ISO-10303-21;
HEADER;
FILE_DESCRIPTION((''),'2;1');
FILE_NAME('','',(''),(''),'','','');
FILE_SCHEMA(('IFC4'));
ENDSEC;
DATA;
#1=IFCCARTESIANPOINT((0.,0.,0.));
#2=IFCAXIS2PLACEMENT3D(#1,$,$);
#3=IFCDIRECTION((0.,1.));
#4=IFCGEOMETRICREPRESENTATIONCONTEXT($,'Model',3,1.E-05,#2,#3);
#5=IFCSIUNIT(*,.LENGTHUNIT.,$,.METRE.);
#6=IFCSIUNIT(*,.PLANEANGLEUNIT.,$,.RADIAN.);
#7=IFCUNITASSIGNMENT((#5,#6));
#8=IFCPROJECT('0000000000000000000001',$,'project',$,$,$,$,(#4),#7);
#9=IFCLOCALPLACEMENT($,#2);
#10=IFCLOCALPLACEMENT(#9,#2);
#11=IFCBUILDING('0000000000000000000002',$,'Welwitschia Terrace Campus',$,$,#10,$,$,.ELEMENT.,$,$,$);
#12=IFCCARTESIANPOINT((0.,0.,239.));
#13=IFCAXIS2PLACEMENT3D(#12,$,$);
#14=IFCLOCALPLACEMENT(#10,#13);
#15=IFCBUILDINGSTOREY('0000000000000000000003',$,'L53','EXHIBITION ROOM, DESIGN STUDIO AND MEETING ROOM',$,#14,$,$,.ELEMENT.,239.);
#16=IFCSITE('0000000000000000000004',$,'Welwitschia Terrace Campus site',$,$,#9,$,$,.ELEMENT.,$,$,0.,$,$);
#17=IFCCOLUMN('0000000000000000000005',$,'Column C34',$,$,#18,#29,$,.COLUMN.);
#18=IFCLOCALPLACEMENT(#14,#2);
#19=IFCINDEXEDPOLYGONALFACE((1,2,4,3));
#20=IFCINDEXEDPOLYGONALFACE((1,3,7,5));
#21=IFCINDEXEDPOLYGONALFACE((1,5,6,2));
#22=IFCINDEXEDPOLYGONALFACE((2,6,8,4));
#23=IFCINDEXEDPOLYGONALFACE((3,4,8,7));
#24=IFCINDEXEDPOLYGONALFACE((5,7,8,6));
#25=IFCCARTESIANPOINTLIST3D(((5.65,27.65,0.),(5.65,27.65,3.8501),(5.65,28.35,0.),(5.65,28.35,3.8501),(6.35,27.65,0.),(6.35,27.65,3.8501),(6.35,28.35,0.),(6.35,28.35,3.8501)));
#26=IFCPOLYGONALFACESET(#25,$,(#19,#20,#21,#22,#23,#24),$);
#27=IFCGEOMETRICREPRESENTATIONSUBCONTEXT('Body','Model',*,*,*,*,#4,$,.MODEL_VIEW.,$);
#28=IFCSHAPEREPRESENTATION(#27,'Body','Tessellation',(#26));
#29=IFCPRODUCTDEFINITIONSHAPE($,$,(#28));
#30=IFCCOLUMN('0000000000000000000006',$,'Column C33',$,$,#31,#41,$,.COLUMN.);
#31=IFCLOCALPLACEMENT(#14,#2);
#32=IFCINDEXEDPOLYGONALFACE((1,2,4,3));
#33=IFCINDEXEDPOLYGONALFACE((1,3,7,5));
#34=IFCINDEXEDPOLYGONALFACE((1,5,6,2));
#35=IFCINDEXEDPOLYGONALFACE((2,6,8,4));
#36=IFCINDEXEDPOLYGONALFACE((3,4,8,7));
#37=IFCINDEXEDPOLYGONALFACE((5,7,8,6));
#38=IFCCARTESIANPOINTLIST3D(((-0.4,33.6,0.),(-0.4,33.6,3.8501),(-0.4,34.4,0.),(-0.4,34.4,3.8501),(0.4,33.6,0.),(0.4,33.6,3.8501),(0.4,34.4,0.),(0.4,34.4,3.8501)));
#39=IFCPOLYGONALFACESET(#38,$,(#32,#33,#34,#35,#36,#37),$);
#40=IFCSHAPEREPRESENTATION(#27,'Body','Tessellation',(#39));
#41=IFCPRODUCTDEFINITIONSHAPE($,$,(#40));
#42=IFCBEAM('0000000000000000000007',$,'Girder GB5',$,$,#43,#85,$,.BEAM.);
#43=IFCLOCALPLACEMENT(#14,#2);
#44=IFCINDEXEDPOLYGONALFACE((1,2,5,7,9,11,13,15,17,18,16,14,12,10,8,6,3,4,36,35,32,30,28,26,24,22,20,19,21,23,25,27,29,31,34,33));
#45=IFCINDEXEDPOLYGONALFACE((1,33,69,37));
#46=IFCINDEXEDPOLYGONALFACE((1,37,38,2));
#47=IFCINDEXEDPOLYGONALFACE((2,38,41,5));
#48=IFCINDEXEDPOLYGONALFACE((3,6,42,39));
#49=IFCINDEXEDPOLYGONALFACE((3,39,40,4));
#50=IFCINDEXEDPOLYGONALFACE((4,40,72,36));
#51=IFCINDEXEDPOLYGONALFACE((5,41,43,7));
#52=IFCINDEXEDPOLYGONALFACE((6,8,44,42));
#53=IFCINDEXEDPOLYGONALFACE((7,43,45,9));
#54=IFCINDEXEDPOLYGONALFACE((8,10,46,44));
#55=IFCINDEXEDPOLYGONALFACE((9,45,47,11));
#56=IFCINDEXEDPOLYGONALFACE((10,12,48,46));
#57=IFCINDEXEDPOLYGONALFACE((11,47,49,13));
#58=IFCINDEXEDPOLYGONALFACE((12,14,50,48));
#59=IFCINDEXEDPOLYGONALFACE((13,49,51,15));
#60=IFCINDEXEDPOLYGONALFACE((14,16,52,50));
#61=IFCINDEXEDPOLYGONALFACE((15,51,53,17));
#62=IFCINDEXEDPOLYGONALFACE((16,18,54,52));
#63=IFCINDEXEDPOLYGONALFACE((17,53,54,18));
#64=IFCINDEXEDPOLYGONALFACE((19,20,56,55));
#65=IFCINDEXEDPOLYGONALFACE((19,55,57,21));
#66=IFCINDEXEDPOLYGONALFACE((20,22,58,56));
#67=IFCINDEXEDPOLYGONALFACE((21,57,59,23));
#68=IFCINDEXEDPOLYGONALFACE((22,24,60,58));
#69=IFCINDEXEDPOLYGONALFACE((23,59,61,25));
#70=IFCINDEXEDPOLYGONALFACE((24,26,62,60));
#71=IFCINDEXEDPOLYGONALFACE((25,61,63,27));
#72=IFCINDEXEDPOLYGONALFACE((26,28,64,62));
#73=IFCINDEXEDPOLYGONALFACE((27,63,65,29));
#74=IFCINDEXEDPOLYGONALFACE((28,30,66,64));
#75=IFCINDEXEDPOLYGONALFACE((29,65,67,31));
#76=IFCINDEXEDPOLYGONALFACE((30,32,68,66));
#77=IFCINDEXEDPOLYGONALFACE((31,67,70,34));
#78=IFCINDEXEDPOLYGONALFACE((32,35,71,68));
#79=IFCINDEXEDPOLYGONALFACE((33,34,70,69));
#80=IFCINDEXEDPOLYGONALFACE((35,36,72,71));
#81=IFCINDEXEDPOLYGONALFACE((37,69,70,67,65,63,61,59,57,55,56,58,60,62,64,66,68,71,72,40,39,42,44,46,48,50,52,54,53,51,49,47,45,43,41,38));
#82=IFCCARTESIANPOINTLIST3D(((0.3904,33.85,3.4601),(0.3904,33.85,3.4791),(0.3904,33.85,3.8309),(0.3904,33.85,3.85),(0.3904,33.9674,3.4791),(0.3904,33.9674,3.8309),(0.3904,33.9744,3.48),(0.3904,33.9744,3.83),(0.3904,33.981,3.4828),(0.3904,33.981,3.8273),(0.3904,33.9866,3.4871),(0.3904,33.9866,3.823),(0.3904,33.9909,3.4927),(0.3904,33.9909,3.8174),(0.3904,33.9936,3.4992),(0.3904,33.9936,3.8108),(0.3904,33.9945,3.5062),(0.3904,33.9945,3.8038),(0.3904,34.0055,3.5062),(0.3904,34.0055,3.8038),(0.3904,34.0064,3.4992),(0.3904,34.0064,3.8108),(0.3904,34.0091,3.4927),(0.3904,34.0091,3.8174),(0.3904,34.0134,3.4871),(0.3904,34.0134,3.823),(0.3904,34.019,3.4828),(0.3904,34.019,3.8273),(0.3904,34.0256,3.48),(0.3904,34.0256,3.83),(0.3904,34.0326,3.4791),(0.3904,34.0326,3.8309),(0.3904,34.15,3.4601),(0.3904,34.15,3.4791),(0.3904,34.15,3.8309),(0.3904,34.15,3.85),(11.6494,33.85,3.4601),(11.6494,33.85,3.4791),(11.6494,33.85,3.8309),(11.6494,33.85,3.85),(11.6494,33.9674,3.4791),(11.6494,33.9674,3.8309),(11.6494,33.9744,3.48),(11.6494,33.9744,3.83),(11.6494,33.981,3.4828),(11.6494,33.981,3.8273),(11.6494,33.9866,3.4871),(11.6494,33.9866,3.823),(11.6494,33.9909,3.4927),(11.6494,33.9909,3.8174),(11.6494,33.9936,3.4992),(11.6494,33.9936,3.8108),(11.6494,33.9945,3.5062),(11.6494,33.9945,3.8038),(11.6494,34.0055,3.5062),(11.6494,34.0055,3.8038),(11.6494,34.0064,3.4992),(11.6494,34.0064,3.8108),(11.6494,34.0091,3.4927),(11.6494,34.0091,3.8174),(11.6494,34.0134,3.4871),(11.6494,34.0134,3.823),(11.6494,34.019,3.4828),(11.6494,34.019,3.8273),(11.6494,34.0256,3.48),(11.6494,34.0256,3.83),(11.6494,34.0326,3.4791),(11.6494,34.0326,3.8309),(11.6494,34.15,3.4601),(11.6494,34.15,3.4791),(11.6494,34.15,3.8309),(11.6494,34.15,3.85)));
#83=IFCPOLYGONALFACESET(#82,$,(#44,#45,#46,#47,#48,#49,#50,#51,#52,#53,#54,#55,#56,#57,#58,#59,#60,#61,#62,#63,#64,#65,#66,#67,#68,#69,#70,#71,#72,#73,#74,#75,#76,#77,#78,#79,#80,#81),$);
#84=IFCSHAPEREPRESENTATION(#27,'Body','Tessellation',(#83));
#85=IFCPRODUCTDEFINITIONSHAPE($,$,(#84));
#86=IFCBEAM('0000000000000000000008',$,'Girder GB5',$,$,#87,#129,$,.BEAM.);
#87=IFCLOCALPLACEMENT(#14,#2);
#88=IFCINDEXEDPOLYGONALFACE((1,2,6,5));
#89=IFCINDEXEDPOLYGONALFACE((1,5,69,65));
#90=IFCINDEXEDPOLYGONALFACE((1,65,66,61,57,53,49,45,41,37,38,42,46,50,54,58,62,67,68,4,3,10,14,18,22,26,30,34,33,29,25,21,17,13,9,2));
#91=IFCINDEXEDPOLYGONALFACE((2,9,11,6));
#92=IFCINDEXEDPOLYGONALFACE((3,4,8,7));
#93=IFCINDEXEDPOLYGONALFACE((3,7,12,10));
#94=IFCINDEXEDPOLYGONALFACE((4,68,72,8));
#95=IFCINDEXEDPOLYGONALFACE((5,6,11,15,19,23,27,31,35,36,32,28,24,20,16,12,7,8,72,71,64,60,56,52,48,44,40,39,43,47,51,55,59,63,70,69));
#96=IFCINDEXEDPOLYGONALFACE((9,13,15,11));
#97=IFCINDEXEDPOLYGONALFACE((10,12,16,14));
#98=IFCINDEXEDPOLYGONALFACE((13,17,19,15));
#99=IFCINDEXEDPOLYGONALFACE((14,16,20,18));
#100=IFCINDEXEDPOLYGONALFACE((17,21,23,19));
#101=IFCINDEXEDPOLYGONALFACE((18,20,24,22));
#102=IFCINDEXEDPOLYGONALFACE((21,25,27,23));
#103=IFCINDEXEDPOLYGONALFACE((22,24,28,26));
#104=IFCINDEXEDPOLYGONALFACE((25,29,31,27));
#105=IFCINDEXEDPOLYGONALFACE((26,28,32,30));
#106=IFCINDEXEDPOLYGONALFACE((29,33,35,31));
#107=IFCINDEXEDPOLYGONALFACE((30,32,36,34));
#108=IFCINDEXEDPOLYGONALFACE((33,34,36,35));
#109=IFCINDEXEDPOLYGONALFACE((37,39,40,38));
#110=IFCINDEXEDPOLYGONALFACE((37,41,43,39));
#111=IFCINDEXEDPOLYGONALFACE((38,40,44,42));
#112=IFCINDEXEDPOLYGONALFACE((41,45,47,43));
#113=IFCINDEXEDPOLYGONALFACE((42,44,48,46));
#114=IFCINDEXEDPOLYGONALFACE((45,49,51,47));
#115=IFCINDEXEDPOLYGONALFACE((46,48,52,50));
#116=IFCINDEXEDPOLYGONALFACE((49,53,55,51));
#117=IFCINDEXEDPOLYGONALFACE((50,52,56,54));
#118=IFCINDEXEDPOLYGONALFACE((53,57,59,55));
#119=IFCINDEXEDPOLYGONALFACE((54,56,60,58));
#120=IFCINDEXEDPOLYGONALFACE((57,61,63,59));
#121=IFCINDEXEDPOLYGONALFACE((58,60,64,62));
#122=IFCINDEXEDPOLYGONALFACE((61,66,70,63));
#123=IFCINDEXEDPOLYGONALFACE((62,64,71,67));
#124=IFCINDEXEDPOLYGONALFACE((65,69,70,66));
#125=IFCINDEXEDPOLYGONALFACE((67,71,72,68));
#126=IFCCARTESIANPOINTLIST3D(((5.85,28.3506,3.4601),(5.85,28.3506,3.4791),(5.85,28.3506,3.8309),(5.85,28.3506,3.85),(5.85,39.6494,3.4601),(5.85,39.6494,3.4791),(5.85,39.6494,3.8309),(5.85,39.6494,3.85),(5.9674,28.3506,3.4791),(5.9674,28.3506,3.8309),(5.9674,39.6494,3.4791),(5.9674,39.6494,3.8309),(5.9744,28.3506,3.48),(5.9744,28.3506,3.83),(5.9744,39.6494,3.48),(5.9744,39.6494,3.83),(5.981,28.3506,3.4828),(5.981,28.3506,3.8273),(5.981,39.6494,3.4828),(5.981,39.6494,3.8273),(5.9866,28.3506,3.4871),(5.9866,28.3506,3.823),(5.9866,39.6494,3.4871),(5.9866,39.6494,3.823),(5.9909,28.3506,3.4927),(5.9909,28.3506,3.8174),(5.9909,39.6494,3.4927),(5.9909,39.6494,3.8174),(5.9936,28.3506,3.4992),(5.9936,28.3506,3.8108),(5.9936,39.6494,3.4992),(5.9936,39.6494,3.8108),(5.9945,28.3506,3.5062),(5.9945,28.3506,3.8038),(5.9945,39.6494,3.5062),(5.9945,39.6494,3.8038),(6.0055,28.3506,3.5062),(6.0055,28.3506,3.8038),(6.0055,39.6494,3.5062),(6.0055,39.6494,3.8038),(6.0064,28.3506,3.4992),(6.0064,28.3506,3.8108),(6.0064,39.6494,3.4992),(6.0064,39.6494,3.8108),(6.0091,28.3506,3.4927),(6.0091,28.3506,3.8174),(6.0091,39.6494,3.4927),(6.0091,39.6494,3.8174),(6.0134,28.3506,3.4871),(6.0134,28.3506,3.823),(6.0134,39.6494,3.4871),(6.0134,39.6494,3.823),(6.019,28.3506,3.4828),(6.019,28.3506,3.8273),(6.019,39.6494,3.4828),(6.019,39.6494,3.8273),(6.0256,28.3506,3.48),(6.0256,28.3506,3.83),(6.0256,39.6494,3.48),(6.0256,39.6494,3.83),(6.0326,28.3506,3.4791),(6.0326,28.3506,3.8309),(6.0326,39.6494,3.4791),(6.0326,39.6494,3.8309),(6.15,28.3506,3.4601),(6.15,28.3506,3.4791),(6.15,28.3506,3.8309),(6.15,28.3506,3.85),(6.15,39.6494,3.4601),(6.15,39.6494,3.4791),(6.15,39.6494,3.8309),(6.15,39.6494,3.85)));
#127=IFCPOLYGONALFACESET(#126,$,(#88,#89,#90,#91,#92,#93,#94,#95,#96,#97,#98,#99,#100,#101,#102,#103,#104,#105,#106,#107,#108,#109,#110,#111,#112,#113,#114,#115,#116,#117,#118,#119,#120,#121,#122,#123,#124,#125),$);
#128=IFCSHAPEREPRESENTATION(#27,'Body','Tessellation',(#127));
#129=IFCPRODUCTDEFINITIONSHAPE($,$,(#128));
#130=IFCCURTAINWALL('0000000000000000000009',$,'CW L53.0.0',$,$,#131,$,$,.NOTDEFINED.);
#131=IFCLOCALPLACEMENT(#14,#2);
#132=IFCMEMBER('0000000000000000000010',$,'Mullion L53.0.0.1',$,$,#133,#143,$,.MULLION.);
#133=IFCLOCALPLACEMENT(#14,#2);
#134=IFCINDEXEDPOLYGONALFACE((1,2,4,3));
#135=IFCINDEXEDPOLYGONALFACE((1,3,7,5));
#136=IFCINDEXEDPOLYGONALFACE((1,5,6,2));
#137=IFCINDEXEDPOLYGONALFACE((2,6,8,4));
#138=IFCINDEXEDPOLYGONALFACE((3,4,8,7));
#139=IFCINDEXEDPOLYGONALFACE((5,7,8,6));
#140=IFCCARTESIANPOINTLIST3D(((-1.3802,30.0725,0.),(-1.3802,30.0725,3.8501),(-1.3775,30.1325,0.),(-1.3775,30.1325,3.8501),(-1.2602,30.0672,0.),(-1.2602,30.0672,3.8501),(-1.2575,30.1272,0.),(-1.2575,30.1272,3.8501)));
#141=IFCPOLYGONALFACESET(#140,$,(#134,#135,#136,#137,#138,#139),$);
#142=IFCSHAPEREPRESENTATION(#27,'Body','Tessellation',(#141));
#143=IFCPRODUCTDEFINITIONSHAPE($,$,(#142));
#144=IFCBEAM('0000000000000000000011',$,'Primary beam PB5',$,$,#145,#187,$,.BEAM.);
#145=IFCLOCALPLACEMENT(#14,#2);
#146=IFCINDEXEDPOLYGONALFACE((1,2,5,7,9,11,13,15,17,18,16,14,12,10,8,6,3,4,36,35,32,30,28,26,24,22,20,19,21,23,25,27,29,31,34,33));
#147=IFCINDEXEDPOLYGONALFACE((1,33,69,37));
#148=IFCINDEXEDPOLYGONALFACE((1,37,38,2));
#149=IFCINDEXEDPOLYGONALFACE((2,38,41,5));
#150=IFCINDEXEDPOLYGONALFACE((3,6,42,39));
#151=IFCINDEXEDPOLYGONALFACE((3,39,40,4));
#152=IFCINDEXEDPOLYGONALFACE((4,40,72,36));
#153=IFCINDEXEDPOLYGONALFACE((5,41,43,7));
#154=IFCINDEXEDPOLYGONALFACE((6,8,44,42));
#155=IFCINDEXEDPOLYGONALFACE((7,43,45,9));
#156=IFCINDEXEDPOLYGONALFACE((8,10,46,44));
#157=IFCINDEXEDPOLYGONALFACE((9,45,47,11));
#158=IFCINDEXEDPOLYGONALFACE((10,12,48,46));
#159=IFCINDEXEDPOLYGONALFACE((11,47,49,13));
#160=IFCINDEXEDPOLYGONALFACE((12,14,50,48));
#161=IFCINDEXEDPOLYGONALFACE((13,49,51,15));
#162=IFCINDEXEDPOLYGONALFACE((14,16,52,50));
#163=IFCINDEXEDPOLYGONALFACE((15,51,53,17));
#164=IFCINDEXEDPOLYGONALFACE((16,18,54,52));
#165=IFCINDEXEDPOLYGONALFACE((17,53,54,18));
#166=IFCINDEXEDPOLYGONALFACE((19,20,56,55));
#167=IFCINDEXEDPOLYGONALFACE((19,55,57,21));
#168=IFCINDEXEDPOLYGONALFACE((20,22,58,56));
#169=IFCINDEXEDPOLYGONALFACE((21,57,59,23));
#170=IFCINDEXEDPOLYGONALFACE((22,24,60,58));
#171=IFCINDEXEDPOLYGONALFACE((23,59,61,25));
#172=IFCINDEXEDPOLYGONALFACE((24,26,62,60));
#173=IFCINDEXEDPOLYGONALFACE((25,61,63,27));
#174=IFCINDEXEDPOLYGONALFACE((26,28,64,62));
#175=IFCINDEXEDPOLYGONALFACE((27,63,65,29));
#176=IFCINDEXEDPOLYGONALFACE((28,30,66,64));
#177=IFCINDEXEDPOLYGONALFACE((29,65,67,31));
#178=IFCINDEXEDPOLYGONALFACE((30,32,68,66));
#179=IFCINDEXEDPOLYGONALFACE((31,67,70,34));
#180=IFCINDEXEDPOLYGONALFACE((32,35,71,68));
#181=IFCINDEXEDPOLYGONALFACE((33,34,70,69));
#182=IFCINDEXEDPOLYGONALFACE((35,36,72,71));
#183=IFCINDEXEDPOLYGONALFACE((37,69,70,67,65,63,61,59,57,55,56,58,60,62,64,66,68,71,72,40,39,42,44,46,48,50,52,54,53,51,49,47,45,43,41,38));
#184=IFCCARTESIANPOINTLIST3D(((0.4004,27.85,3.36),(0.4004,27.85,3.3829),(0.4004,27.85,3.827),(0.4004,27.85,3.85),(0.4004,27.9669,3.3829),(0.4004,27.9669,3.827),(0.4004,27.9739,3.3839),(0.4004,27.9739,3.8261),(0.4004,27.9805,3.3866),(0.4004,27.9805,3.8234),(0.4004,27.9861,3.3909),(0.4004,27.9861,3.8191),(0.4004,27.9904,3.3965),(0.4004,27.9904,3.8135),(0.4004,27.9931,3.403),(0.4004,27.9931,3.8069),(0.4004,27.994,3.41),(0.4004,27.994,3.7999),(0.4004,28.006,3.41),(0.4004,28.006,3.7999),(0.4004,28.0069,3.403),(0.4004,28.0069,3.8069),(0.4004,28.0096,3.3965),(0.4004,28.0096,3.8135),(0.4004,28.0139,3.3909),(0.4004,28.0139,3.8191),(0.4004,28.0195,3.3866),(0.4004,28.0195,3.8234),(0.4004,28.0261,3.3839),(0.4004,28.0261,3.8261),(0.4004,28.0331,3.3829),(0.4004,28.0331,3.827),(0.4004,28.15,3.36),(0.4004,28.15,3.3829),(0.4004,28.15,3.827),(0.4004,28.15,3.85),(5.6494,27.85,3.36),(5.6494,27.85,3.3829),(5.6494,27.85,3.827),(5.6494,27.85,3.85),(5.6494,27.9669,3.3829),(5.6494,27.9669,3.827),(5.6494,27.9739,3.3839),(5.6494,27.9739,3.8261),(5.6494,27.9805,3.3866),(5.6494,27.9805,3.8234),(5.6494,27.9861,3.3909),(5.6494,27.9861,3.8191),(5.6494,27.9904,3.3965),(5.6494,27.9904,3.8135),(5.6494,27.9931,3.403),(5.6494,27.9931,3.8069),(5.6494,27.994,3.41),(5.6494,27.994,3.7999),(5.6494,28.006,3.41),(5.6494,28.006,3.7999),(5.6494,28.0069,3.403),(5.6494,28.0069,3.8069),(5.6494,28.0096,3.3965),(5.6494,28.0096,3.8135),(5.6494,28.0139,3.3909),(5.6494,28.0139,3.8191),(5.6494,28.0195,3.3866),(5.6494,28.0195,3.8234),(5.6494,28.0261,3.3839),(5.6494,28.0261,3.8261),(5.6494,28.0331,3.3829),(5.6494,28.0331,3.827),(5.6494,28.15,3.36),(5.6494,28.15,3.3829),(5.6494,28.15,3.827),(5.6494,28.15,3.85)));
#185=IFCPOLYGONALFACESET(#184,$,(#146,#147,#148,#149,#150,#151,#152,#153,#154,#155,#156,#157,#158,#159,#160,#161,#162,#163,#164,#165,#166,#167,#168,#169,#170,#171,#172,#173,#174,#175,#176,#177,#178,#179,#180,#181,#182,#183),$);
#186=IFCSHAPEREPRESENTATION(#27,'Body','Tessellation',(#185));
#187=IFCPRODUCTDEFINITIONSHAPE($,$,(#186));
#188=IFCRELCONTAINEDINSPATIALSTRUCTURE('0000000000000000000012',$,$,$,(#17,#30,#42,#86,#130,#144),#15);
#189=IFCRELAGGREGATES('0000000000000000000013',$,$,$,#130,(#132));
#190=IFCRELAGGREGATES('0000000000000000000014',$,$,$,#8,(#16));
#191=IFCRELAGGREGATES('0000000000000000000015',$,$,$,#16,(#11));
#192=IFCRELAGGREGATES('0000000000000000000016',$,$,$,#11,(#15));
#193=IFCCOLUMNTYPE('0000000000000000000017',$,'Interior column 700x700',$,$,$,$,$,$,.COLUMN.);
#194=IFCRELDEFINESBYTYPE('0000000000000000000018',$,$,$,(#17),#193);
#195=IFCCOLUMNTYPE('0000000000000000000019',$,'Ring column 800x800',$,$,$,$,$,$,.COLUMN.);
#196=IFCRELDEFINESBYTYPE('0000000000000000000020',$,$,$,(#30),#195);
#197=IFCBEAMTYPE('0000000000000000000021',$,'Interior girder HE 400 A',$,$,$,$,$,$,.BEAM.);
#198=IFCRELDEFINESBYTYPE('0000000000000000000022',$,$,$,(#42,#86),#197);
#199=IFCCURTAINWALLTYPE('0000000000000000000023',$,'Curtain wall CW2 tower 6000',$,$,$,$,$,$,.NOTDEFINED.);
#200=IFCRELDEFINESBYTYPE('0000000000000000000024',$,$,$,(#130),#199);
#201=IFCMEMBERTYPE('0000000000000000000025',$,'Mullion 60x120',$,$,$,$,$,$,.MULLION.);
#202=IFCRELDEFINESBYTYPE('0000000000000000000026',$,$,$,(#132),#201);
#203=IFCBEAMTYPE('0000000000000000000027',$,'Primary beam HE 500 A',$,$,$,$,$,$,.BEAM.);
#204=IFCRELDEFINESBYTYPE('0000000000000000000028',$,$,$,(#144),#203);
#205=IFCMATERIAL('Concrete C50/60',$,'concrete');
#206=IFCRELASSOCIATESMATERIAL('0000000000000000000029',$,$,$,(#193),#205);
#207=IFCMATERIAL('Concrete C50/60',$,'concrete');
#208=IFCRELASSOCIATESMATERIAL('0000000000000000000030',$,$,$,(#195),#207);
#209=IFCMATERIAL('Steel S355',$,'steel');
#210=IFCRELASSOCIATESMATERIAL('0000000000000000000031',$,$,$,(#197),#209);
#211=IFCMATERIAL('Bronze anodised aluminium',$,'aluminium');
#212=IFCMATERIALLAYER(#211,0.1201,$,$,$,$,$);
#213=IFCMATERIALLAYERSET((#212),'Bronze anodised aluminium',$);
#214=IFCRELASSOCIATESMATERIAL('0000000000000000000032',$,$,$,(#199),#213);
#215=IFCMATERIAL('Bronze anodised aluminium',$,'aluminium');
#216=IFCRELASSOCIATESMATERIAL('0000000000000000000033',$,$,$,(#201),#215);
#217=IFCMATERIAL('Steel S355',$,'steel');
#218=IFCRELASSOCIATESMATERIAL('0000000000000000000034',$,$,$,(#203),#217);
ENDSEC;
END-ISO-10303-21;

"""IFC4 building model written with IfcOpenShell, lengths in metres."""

from ifc_helpers import new_model, si_unit, direction, frame, origin, origin_2d, place, context, subcontext, project, spatial, rectangle, i_section, extrude, material, layer, layer_set, material_profile, profile_set, type_object, element, aggregate, save


model = new_model("IFC4")

# Units and contexts
model_context = context("Model", 3, precision=1e-05, world=origin(), true_north=direction((0.0, 1.0)))
body_context = subcontext(model_context, "Body", "Model", "MODEL_VIEW")
ifc_project = project(units=[si_unit("LENGTHUNIT", "METRE"), si_unit("PLANEANGLEUNIT", "RADIAN")], contexts=[model_context])

# Site, building, storey
site_placement = place(None, origin())
site = spatial("IfcSite", under=ifc_project, at=site_placement, Name="Welwitschia Terrace Campus site", CompositionType="ELEMENT", RefElevation=0.0)
building_placement = place(site_placement, origin())
building = spatial("IfcBuilding", under=site, at=building_placement, Name="Welwitschia Terrace Campus", CompositionType="ELEMENT")
storey_placement = place(building_placement, frame((0.0, 0.0, 239.0)))
storey = spatial("IfcBuildingStorey", under=building, at=storey_placement, Name="L53", Description="EXHIBITION ROOM, DESIGN STUDIO AND MEETING ROOM", CompositionType="ELEMENT", Elevation=239.0)

# Columns
ifc_material_1 = material(Name="Concrete C50/60", Category="concrete")
ifc_material_profile_1 = material_profile(ifc_material_1, rectangle(XDim=0.7, YDim=0.7, at=origin_2d()))
ifc_profile_set_1 = profile_set([ifc_material_profile_1], Name="Concrete C50/60")
column_type_1 = type_object("IfcColumnType", Name="Interior column 700x700", PredefinedType="COLUMN", material=ifc_profile_set_1)
column_1_placement = place(storey_placement, frame((6.0, 28.0, 0.0), z_axis=(0.0, 0.0, 1.0), x_axis=(1.0, 0.0, 0.0)))
element("IfcColumn", 1, at=column_1_placement, inside=storey, type_object=column_type_1, Name="Column C34", PredefinedType="COLUMN", context=body_context, shape_type="SweptSolid", body=[
    extrude(rectangle(XDim=0.7, YDim=0.7, at=origin_2d()), origin(), (0.0, 0.0, 1.0), 3.8501),
])
ifc_material_2 = material(Name="Concrete C50/60", Category="concrete")
ifc_material_profile_2 = material_profile(ifc_material_2, rectangle(XDim=0.8, YDim=0.8, at=origin_2d()))
ifc_profile_set_2 = profile_set([ifc_material_profile_2], Name="Concrete C50/60")
column_type_2 = type_object("IfcColumnType", Name="Ring column 800x800", PredefinedType="COLUMN", material=ifc_profile_set_2)
column_2_placement = place(storey_placement, frame((0.0, 34.0, 0.0), z_axis=(0.0, 0.0, 1.0), x_axis=(1.0, 0.0, 0.0)))
element("IfcColumn", 2, at=column_2_placement, inside=storey, type_object=column_type_2, Name="Column C33", PredefinedType="COLUMN", context=body_context, shape_type="SweptSolid", body=[
    extrude(rectangle(XDim=0.8, YDim=0.8, at=origin_2d()), origin(), (0.0, 0.0, 1.0), 3.8501),
])

# Beams
ifc_material_3 = material(Name="Steel S355", Category="steel")
ifc_material_profile_3 = material_profile(ifc_material_3, i_section(OverallWidth=0.3, OverallDepth=0.3899, WebThickness=0.011, FlangeThickness=0.019, FilletRadius=0.0271, at=origin_2d()))
ifc_profile_set_3 = profile_set([ifc_material_profile_3], Name="Steel S355")
beam_type_1 = type_object("IfcBeamType", Name="Interior girder HE 400 A", PredefinedType="BEAM", material=ifc_profile_set_3)
beam_1_placement = place(storey_placement, frame((0.3904, 34.0, 3.655), z_axis=(1.0, 0.0, 0.0), x_axis=(0.0, 1.0, 0.0)))
element("IfcBeam", 3, at=beam_1_placement, inside=storey, type_object=beam_type_1, Name="Girder GB5", PredefinedType="BEAM", context=body_context, shape_type="SweptSolid", body=[
    extrude(i_section(OverallWidth=0.3, OverallDepth=0.3899, WebThickness=0.011, FlangeThickness=0.019, FilletRadius=0.0271, at=origin_2d()), origin(), (0.0, 0.0, 1.0), 11.259),
])
beam_2_placement = place(storey_placement, frame((6.0, 28.3506, 3.655), z_axis=(0.0, 1.0, 0.0), x_axis=(-1.0, 0.0, 0.0)))
element("IfcBeam", 4, at=beam_2_placement, inside=storey, type_object=beam_type_1, Name="Girder GB5", PredefinedType="BEAM", context=body_context, shape_type="SweptSolid", body=[
    extrude(i_section(OverallWidth=0.3, OverallDepth=0.3899, WebThickness=0.011, FlangeThickness=0.019, FilletRadius=0.0271, at=origin_2d()), origin(), (0.0, 0.0, 1.0), 11.2988),
])

# Curtain wall, member
ifc_material_4 = material(Name="Bronze anodised aluminium", Category="aluminium")
ifc_layer_1 = layer(ifc_material_4, 0.1201)
ifc_layer_set_1 = layer_set([ifc_layer_1], Name="Bronze anodised aluminium")
curtain_wall_type = type_object("IfcCurtainWallType", Name="Curtain wall CW2 tower 6000", PredefinedType="NOTDEFINED", material=ifc_layer_set_1)
curtain_wall_placement = place(storey_placement, origin())
curtain_wall = element("IfcCurtainWall", 5, at=curtain_wall_placement, inside=storey, type_object=curtain_wall_type, Name="CW L53.0.0", PredefinedType="NOTDEFINED")
ifc_material_5 = material(Name="Bronze anodised aluminium", Category="aluminium")
ifc_material_profile_4 = material_profile(ifc_material_5, rectangle(XDim=0.1201, YDim=0.0601, at=origin_2d()))
ifc_profile_set_4 = profile_set([ifc_material_profile_4], Name="Bronze anodised aluminium")
member_type = type_object("IfcMemberType", Name="Mullion 60x120", PredefinedType="MULLION", material=ifc_profile_set_4)
member_placement = place(storey_placement, frame((-1.3188, 30.0999, 0.0), z_axis=(0.0, 0.0, 1.0), x_axis=(0.999048, -0.043619, 0.0)))
member = element("IfcMember", 6, at=member_placement, type_object=member_type, Name="Mullion L53.0.0.1", PredefinedType="MULLION", context=body_context, shape_type="SweptSolid", body=[
    extrude(rectangle(XDim=0.1201, YDim=0.0601, at=origin_2d()), origin(), (0.0, 0.0, 1.0), 3.8501),
])

# Beam
ifc_material_6 = material(Name="Steel S355", Category="steel")
ifc_material_profile_5 = material_profile(ifc_material_6, i_section(OverallWidth=0.3, OverallDepth=0.49, WebThickness=0.012, FlangeThickness=0.0229, FilletRadius=0.0271, at=origin_2d()))
ifc_profile_set_5 = profile_set([ifc_material_profile_5], Name="Steel S355")
beam_type_2 = type_object("IfcBeamType", Name="Primary beam HE 500 A", PredefinedType="BEAM", material=ifc_profile_set_5)
beam_3_placement = place(storey_placement, frame((0.4004, 28.0, 3.605), z_axis=(1.0, 0.0, 0.0), x_axis=(0.0, 1.0, 0.0)))
element("IfcBeam", 7, at=beam_3_placement, inside=storey, type_object=beam_type_2, Name="Primary beam PB5", PredefinedType="BEAM", context=body_context, shape_type="SweptSolid", body=[
    extrude(i_section(OverallWidth=0.3, OverallDepth=0.49, WebThickness=0.012, FlangeThickness=0.0229, FilletRadius=0.0271, at=origin_2d()), origin(), (0.0, 0.0, 1.0), 5.249),
])

aggregate(curtain_wall, [member])

save(model, "model.ifc")
